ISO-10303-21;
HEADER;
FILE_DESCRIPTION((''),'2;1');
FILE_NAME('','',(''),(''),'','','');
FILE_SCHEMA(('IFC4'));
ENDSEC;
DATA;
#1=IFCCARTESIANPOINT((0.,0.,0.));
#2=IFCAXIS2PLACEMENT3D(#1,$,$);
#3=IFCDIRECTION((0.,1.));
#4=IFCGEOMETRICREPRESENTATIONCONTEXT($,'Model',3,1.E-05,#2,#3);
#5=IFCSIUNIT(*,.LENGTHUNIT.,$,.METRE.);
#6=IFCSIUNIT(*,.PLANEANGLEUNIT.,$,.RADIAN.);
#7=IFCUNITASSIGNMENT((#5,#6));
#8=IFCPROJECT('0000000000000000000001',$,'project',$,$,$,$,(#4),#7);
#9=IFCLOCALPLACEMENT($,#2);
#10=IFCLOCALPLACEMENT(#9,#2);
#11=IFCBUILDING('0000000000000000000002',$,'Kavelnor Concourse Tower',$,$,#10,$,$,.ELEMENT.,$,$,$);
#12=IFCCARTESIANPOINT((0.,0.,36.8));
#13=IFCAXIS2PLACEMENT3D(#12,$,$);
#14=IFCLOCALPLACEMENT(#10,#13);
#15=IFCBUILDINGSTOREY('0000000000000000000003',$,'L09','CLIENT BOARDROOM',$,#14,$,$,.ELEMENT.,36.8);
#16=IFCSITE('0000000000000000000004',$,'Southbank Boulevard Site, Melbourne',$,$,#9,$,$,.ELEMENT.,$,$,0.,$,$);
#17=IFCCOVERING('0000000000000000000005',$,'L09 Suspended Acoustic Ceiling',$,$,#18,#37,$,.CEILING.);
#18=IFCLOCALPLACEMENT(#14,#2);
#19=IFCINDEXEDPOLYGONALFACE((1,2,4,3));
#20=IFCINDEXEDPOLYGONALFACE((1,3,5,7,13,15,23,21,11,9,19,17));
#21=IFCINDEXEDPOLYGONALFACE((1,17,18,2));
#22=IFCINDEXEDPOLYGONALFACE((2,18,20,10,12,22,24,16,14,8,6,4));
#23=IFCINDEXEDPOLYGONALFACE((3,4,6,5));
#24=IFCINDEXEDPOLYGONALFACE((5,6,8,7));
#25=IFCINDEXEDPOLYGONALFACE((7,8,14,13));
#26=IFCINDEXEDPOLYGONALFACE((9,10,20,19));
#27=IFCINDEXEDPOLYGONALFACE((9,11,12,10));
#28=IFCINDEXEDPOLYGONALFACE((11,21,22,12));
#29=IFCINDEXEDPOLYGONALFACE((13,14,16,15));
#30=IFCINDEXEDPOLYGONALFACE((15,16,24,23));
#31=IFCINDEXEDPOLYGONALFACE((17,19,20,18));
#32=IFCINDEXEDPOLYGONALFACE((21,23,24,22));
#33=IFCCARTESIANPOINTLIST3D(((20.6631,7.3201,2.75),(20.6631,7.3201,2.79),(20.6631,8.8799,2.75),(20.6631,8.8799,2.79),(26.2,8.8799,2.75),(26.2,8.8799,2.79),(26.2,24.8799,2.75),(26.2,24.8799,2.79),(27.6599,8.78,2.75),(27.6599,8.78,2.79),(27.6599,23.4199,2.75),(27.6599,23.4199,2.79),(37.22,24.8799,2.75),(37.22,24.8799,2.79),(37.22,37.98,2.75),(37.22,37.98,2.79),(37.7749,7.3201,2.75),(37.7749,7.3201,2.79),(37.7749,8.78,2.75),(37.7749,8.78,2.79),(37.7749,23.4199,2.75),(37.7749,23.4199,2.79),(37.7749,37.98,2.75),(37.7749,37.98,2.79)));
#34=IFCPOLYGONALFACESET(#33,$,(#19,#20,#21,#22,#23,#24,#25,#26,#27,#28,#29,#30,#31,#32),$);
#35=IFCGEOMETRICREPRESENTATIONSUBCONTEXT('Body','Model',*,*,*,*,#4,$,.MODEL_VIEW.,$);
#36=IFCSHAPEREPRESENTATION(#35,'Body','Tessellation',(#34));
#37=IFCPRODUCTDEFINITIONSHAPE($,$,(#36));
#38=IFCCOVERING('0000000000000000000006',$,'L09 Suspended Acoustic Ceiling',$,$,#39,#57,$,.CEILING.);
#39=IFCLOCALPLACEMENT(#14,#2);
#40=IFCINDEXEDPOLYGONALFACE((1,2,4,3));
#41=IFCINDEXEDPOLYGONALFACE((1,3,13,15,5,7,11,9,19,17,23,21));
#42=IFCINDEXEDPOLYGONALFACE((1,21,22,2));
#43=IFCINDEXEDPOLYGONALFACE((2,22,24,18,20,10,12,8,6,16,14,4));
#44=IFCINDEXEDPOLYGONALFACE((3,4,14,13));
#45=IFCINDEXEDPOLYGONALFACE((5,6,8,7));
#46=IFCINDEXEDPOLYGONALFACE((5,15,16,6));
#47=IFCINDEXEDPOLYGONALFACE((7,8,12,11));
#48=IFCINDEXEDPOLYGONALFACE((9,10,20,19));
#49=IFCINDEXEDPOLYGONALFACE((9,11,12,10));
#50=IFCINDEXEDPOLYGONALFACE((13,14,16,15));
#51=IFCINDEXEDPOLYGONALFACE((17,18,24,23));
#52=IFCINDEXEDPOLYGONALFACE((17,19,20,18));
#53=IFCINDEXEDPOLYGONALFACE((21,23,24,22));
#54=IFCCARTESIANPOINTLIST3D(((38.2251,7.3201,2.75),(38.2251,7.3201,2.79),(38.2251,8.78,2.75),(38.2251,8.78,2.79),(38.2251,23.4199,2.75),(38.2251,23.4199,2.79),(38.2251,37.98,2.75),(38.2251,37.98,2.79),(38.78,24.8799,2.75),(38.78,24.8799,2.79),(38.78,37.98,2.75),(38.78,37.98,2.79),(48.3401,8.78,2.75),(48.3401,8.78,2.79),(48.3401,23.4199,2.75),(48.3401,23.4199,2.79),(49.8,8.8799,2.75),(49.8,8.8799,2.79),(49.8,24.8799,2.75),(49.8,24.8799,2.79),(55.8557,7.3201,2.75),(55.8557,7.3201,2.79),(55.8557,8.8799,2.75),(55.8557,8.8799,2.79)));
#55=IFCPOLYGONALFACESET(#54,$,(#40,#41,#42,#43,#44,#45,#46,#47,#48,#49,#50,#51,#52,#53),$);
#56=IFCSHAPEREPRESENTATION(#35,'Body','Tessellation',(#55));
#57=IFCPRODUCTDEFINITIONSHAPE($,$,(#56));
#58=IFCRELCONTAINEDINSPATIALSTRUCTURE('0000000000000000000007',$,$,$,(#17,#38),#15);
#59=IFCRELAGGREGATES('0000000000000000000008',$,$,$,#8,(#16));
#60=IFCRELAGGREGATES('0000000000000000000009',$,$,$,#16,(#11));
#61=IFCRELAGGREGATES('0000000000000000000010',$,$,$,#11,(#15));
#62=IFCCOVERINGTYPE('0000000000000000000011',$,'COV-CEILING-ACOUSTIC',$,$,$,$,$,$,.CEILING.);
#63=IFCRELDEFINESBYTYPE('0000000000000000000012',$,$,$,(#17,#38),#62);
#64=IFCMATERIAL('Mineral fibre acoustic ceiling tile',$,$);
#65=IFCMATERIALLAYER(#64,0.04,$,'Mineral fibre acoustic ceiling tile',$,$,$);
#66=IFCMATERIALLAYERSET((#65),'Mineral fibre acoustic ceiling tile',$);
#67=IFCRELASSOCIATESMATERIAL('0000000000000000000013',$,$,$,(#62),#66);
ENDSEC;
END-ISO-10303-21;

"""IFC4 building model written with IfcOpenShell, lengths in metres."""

from ifc_helpers import new_model, si_unit, direction, frame, origin, place, context, subcontext, project, spatial, polyline, outline, extrude, material, layer, layer_set, type_object, element, save


model = new_model("IFC4")

# Units and contexts
model_context = context("Model", 3, precision=1e-05, world=origin(), true_north=direction((0.0, 1.0)))
body_context = subcontext(model_context, "Body", "Model", "MODEL_VIEW")
ifc_project = project(units=[si_unit("LENGTHUNIT", "METRE"), si_unit("PLANEANGLEUNIT", "RADIAN")], contexts=[model_context])

# Site, building, storey
site_placement = place(None, origin())
site = spatial("IfcSite", under=ifc_project, at=site_placement, Name="Southbank Boulevard Site, Melbourne", CompositionType="ELEMENT", RefElevation=0.0)
building_placement = place(site_placement, origin())
building = spatial("IfcBuilding", under=site, at=building_placement, Name="Kavelnor Concourse Tower", CompositionType="ELEMENT")
storey_placement = place(building_placement, frame((0.0, 0.0, 36.8)))
storey = spatial("IfcBuildingStorey", under=building, at=storey_placement, Name="L09", Description="CLIENT BOARDROOM", CompositionType="ELEMENT", Elevation=36.8)

# Coverings
ifc_material_1 = material(Name="Mineral fibre acoustic ceiling tile")
ifc_layer_1 = layer(ifc_material_1, 0.04, Name="Mineral fibre acoustic ceiling tile")
ifc_layer_set_1 = layer_set([ifc_layer_1], Name="Mineral fibre acoustic ceiling tile")
covering_type = type_object("IfcCoveringType", Name="COV-CEILING-ACOUSTIC", PredefinedType="CEILING", material=ifc_layer_set_1)
covering_1_placement = place(storey_placement, frame((0.0, 0.0, 2.75)))
element("IfcCovering", 1, at=covering_1_placement, inside=storey, type_object=covering_type, Name="L09 Suspended Acoustic Ceiling", PredefinedType="CEILING", context=body_context, shape_type="SweptSolid", body=[
    extrude(outline(polyline([(37.22, 37.98), (37.7749, 37.98), (37.7749, 23.4199), (27.6599, 23.4199), (27.6599, 8.78), (37.7749, 8.78), (37.7749, 7.3201), (20.6631, 7.3201), (20.6631, 8.8799), (26.2, 8.8799), (26.2, 24.8799), (37.22, 24.8799), (37.22, 37.98)])), origin(), (0.0, 0.0, 1.0), 0.04),
])
covering_2_placement = place(storey_placement, frame((0.0, 0.0, 2.75)))
element("IfcCovering", 2, at=covering_2_placement, inside=storey, type_object=covering_type, Name="L09 Suspended Acoustic Ceiling", PredefinedType="CEILING", context=body_context, shape_type="SweptSolid", body=[
    extrude(outline(polyline([(38.78, 37.98), (38.78, 24.8799), (49.8, 24.8799), (49.8, 8.8799), (55.8557, 8.8799), (55.8557, 7.3201), (38.2251, 7.3201), (38.2251, 8.78), (48.3401, 8.78), (48.3401, 23.4199), (38.2251, 23.4199), (38.2251, 37.98), (38.78, 37.98)])), origin(), (0.0, 0.0, 1.0), 0.04),
])

save(model, "model.ifc")
